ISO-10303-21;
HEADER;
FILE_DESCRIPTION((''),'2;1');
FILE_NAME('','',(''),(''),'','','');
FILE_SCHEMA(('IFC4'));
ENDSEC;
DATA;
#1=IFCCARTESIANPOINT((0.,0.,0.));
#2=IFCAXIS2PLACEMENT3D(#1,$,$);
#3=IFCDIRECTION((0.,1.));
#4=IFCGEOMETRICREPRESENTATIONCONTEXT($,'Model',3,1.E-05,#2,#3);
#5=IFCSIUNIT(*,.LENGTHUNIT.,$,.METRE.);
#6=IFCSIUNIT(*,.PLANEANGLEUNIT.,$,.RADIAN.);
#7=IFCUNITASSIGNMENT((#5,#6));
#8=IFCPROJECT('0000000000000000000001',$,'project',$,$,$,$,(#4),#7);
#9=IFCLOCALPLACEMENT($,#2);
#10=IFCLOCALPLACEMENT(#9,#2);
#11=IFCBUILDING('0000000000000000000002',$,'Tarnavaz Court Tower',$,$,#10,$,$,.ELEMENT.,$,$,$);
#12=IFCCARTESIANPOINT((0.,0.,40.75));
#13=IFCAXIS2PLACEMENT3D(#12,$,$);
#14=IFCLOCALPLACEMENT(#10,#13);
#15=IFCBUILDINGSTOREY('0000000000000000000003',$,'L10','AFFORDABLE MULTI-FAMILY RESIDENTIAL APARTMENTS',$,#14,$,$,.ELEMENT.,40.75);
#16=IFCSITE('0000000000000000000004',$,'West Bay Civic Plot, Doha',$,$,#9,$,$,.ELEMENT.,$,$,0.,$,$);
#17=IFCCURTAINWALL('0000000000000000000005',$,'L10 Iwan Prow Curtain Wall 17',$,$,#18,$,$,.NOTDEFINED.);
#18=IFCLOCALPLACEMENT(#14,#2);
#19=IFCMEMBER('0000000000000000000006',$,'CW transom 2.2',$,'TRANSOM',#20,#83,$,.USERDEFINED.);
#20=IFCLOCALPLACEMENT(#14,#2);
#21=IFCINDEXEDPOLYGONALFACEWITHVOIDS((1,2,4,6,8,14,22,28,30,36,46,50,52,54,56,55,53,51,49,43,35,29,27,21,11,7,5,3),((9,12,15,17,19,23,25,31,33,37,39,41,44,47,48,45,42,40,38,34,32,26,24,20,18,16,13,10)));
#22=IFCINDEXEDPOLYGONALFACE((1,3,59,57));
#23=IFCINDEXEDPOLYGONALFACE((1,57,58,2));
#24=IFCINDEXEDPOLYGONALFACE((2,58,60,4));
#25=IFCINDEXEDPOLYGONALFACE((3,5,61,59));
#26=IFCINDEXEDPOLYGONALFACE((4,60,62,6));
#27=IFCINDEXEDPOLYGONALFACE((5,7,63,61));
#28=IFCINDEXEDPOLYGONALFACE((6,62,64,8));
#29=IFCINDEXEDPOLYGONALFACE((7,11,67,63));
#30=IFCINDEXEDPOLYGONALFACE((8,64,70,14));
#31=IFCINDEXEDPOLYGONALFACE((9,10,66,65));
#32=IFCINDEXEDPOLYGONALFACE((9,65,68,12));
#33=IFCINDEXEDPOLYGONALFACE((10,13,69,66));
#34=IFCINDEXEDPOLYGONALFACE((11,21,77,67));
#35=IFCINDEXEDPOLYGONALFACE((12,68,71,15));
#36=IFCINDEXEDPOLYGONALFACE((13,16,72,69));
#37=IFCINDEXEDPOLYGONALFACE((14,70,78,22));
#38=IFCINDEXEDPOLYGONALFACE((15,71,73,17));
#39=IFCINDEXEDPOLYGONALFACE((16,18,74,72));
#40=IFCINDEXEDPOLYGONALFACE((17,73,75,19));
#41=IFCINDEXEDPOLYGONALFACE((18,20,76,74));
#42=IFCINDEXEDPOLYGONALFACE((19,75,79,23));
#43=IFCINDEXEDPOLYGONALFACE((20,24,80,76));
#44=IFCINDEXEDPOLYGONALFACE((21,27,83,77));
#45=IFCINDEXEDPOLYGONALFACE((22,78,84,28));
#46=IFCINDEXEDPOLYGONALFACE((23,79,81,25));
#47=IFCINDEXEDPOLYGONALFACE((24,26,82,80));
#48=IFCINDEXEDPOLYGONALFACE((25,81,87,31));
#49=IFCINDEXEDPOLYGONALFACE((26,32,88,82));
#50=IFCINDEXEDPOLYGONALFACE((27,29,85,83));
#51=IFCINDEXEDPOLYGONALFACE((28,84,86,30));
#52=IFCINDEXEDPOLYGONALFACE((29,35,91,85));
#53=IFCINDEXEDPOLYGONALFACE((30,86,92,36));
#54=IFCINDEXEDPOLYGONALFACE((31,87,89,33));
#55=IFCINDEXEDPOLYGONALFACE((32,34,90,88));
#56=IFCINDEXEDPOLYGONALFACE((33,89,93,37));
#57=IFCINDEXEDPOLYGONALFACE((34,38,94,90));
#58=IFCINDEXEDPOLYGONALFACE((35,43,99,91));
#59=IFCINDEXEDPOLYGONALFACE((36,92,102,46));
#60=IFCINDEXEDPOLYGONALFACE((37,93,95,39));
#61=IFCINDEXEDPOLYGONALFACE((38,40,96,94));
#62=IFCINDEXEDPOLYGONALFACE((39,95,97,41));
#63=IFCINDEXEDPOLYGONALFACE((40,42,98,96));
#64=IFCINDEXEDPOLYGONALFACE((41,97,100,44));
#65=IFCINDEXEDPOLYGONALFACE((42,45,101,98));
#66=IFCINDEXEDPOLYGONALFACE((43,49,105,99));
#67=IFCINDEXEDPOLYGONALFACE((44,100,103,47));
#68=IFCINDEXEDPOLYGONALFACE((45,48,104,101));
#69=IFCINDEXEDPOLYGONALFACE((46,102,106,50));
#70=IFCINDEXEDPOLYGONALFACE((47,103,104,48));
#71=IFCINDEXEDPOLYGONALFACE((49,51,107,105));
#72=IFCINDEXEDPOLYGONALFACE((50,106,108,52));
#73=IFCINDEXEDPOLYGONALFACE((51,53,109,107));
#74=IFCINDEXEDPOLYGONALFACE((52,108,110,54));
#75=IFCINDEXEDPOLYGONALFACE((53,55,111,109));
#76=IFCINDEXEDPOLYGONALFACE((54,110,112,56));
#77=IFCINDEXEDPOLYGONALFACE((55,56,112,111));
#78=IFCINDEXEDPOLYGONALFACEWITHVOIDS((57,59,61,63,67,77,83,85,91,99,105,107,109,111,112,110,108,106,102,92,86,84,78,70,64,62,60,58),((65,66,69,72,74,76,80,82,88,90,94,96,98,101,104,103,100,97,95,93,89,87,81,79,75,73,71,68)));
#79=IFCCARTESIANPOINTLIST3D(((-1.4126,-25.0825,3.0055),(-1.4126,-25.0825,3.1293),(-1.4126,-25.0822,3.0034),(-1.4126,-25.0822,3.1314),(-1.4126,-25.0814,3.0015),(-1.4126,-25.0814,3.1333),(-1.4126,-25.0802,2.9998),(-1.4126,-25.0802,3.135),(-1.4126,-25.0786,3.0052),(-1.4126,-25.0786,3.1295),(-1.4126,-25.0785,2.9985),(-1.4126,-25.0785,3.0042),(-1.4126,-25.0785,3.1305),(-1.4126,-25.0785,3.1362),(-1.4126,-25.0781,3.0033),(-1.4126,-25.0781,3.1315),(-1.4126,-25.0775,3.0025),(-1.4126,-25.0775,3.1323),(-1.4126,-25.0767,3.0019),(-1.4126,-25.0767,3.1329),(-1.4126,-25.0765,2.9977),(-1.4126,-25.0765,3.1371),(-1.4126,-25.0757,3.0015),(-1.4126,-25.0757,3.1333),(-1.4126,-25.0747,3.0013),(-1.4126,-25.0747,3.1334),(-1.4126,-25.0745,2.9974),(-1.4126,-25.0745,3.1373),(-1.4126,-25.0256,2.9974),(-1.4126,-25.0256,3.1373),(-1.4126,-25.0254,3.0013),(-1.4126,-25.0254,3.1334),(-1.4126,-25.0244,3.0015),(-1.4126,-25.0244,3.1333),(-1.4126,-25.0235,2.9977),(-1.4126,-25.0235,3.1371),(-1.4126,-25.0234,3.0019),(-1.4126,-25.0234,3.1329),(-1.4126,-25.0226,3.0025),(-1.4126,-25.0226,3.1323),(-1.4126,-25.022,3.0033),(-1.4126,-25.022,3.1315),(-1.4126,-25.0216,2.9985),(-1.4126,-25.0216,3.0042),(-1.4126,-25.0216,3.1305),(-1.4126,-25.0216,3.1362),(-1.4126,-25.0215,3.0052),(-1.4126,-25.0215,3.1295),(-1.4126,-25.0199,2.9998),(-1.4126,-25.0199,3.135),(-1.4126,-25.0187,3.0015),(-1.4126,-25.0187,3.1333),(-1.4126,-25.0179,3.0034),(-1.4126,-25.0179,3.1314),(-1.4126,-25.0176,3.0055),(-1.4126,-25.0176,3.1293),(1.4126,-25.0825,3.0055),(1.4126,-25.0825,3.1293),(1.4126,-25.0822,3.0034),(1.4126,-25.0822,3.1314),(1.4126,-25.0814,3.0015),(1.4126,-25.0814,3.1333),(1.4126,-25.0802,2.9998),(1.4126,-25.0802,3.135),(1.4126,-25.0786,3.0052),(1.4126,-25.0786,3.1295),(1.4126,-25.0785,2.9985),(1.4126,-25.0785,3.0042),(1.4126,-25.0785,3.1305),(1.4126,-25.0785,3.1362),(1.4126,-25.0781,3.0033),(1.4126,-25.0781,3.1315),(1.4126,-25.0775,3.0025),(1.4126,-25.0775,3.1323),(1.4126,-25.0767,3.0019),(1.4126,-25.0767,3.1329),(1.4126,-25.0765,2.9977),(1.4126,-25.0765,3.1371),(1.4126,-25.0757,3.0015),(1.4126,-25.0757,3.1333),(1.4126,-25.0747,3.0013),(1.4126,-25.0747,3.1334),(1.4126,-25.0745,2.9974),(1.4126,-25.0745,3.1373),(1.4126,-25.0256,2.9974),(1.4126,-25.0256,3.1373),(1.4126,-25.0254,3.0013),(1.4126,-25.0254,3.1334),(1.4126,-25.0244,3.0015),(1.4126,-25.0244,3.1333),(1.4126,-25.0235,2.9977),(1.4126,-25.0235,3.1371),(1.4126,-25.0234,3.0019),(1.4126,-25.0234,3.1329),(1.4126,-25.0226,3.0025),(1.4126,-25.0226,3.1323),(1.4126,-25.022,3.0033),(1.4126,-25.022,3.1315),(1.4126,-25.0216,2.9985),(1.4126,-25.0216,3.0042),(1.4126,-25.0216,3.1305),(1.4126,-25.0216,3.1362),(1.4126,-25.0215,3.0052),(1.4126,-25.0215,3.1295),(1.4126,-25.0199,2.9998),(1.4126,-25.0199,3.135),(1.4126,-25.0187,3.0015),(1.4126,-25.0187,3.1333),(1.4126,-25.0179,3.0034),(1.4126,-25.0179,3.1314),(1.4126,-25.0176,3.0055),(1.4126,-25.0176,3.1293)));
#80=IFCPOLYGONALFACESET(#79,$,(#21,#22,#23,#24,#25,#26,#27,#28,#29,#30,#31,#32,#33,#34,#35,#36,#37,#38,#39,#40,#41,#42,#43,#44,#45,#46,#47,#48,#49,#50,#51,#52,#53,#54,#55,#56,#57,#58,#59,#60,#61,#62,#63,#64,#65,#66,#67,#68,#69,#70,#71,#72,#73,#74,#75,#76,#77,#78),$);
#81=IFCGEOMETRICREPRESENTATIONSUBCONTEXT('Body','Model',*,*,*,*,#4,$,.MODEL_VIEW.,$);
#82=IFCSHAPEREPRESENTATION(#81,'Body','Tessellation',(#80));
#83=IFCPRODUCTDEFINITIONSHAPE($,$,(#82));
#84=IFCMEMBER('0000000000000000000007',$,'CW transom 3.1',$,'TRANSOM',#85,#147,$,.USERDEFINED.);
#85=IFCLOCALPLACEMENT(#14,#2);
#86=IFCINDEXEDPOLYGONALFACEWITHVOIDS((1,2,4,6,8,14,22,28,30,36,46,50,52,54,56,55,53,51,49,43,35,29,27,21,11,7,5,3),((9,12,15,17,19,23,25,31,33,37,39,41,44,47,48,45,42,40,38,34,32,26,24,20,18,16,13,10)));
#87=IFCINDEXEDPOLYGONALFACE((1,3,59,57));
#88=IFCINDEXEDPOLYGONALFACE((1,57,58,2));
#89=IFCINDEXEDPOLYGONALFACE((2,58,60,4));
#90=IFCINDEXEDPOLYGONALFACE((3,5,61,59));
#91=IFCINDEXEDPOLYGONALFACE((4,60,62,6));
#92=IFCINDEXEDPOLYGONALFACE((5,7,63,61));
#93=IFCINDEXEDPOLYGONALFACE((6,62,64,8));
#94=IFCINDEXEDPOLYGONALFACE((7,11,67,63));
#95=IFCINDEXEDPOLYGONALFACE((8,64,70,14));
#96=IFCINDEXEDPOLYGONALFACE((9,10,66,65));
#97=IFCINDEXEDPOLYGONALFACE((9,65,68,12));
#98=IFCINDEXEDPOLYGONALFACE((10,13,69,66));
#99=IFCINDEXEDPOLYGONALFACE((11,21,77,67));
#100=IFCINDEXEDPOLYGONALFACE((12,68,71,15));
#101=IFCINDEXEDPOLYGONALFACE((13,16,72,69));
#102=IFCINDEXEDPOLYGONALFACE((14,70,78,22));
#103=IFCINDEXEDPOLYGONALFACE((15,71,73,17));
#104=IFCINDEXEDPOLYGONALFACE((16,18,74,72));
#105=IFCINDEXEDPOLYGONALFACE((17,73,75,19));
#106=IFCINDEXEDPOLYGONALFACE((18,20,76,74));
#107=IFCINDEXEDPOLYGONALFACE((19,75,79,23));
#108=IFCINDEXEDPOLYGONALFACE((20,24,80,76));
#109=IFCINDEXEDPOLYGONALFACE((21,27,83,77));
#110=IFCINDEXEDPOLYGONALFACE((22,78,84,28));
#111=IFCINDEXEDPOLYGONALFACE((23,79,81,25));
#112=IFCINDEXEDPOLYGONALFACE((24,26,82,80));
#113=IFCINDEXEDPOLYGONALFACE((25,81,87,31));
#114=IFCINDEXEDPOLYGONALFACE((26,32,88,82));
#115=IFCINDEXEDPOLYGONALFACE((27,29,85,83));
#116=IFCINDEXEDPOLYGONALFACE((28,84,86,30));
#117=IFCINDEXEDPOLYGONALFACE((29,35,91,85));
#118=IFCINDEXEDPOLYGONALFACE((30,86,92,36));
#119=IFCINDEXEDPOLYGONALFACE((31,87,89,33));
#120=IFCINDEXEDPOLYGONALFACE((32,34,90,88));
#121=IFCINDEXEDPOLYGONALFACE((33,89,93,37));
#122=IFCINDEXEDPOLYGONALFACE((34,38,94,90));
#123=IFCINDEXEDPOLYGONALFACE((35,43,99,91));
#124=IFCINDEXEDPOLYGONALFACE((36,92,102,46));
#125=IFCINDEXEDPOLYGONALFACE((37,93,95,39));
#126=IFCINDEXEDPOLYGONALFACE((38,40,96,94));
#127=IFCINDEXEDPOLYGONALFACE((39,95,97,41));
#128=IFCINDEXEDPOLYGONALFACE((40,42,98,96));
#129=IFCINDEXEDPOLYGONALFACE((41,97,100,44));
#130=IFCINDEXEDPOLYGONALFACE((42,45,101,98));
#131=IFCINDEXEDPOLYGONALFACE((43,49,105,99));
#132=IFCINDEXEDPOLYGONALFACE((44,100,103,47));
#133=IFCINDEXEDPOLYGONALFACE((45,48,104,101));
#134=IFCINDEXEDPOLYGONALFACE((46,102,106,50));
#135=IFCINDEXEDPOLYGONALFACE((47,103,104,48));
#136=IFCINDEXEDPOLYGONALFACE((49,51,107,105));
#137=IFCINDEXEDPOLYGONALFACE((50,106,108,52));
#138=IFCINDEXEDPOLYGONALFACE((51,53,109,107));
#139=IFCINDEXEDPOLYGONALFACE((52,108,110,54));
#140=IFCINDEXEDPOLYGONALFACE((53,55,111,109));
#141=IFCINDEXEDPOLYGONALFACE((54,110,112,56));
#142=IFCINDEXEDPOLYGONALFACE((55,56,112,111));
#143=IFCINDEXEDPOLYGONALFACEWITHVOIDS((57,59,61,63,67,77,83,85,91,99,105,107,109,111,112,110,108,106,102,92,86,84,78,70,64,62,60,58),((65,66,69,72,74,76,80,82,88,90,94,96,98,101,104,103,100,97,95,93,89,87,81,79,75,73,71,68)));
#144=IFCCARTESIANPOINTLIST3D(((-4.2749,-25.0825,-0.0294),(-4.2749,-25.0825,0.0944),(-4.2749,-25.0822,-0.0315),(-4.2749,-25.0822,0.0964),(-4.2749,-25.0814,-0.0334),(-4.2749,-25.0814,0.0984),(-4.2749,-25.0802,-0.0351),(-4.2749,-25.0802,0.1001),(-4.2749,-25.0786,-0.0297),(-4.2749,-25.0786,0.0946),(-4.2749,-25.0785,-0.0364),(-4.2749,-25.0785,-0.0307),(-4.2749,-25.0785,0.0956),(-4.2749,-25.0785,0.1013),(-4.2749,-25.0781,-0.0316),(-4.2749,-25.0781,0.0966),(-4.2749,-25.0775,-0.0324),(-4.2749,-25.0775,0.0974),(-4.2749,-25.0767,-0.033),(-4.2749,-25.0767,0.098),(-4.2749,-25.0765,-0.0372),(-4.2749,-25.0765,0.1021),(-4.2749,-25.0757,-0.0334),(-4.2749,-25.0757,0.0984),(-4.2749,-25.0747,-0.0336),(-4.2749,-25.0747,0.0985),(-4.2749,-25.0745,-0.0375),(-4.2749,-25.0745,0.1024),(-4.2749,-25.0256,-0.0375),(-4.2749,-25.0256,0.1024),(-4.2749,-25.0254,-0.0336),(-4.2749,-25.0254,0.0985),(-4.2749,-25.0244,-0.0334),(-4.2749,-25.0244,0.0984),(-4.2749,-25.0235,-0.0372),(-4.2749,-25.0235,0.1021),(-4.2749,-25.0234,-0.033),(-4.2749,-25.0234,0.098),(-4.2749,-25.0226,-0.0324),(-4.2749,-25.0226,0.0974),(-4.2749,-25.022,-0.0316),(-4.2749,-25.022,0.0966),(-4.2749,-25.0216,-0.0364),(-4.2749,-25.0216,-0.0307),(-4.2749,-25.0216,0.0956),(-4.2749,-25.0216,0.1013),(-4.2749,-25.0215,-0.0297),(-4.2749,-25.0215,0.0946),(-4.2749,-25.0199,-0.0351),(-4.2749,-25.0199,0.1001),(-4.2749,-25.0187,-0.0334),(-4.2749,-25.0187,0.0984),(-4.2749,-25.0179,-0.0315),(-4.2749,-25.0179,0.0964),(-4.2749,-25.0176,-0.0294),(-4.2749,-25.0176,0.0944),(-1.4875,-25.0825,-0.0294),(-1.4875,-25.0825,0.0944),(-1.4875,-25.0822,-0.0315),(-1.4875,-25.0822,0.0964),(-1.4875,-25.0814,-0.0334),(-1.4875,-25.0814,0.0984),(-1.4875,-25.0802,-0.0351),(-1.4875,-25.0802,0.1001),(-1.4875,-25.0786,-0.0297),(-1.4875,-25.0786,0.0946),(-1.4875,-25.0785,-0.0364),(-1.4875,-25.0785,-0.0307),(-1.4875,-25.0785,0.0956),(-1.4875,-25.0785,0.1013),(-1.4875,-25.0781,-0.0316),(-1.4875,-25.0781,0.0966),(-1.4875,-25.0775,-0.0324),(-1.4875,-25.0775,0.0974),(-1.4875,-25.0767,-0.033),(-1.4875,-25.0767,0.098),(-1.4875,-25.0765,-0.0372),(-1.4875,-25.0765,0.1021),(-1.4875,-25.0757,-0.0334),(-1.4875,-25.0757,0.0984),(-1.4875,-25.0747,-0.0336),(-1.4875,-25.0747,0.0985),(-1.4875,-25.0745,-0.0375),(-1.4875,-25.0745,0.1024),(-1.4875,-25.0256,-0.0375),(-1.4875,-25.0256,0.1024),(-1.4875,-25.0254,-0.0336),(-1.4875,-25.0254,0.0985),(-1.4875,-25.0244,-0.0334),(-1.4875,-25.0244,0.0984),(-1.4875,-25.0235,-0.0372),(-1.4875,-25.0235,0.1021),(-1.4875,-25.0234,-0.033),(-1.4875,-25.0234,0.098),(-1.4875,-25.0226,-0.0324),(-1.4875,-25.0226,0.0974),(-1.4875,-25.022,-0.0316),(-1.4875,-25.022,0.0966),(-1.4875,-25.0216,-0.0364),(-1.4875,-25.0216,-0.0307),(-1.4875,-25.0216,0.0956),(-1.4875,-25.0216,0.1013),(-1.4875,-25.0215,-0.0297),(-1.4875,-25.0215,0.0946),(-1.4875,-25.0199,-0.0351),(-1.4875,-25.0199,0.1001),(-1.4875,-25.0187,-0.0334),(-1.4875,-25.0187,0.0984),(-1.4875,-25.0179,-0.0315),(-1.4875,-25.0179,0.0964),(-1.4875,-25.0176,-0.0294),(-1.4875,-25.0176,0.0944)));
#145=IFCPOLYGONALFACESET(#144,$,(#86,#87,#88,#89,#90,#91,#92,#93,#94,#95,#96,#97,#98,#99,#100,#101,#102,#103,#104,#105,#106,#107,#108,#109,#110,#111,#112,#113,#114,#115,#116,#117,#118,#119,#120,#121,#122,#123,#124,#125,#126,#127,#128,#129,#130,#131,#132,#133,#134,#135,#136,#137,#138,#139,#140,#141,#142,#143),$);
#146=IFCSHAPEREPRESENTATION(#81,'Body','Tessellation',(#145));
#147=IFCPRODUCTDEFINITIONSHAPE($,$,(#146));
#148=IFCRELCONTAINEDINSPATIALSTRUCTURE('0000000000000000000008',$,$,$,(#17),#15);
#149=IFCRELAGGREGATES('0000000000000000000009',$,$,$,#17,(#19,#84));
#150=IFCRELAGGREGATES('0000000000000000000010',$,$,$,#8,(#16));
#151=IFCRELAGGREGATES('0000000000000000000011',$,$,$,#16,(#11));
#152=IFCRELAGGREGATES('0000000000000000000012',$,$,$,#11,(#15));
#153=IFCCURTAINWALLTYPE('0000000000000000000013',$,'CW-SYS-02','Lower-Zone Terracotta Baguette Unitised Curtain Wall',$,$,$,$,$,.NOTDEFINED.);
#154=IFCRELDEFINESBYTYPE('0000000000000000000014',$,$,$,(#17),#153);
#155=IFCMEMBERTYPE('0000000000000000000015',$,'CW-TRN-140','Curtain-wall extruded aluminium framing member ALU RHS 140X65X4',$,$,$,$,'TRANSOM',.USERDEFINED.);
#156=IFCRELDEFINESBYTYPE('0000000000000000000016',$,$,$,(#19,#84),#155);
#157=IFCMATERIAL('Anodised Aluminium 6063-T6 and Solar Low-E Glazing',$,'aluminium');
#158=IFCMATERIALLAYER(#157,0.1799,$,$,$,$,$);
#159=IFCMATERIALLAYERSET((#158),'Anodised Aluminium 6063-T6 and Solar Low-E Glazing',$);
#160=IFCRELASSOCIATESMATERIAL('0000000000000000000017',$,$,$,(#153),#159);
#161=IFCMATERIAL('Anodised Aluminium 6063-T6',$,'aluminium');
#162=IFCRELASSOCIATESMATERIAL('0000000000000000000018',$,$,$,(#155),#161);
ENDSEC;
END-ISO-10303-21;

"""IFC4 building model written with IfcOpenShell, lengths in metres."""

from ifc_helpers import new_model, si_unit, direction, frame, origin, origin_2d, place, context, subcontext, project, spatial, hollow_rectangle, extrude, material, layer, layer_set, material_profile, profile_set, type_object, element, aggregate, save


model = new_model("IFC4")

# Units and contexts
model_context = context("Model", 3, precision=1e-05, world=origin(), true_north=direction((0.0, 1.0)))
body_context = subcontext(model_context, "Body", "Model", "MODEL_VIEW")
ifc_project = project(units=[si_unit("LENGTHUNIT", "METRE"), si_unit("PLANEANGLEUNIT", "RADIAN")], contexts=[model_context])

# Site, building, storey
site_placement = place(None, origin())
site = spatial("IfcSite", under=ifc_project, at=site_placement, Name="West Bay Civic Plot, Doha", CompositionType="ELEMENT", RefElevation=0.0)
building_placement = place(site_placement, origin())
building = spatial("IfcBuilding", under=site, at=building_placement, Name="Tarnavaz Court Tower", CompositionType="ELEMENT")
storey_placement = place(building_placement, frame((0.0, 0.0, 40.75)))
storey = spatial("IfcBuildingStorey", under=building, at=storey_placement, Name="L10", Description="AFFORDABLE MULTI-FAMILY RESIDENTIAL APARTMENTS", CompositionType="ELEMENT", Elevation=40.75)

# Curtain wall, members
ifc_material_1 = material(Name="Anodised Aluminium 6063-T6 and Solar Low-E Glazing", Category="aluminium")
ifc_layer_1 = layer(ifc_material_1, 0.1799)
ifc_layer_set_1 = layer_set([ifc_layer_1], Name="Anodised Aluminium 6063-T6 and Solar Low-E Glazing")
curtain_wall_type = type_object("IfcCurtainWallType", Name="CW-SYS-02", Description="Lower-Zone Terracotta Baguette Unitised Curtain Wall", PredefinedType="NOTDEFINED", material=ifc_layer_set_1)
curtain_wall_placement = place(storey_placement, origin())
curtain_wall = element("IfcCurtainWall", 1, at=curtain_wall_placement, inside=storey, type_object=curtain_wall_type, Name="L10 Iwan Prow Curtain Wall 17", PredefinedType="NOTDEFINED")
ifc_material_2 = material(Name="Anodised Aluminium 6063-T6", Category="aluminium")
ifc_material_profile_1 = material_profile(ifc_material_2, hollow_rectangle(XDim=0.0649, YDim=0.1399, WallThickness=0.0039, InnerFilletRadius=0.0039, OuterFilletRadius=0.0081, at=origin_2d()), Name="ALU RHS 140X65X4")
ifc_profile_set_1 = profile_set([ifc_material_profile_1], Name="Anodised Aluminium 6063-T6")
member_type_1 = type_object("IfcMemberType", Name="CW-TRN-140", Description="Curtain-wall extruded aluminium framing member ALU RHS 140X65X4", ElementType="TRANSOM", PredefinedType="USERDEFINED", material=ifc_profile_set_1)
member_1_placement = place(storey_placement, frame((1.4126, -25.05, 3.0674), z_axis=(-1.0, 0.0, 0.0), x_axis=(0.0, -1.0, 0.0)))
member_1 = element("IfcMember", 2, at=member_1_placement, type_object=member_type_1, Name="CW transom 2.2", ObjectType="TRANSOM", PredefinedType="USERDEFINED", context=body_context, shape_type="SweptSolid", body=[
    extrude(hollow_rectangle(XDim=0.0649, YDim=0.1399, WallThickness=0.0039, InnerFilletRadius=0.0039, OuterFilletRadius=0.0081, at=origin_2d()), origin(), (0.0, 0.0, 1.0), 2.8252),
])
member_2_placement = place(storey_placement, frame((-1.4875, -25.05, 0.0325), z_axis=(-1.0, 0.0, 0.0), x_axis=(0.0, -1.0, 0.0)))
member_2 = element("IfcMember", 3, at=member_2_placement, type_object=member_type_1, Name="CW transom 3.1", ObjectType="TRANSOM", PredefinedType="USERDEFINED", context=body_context, shape_type="SweptSolid", body=[
    extrude(hollow_rectangle(XDim=0.0649, YDim=0.1399, WallThickness=0.0039, InnerFilletRadius=0.0039, OuterFilletRadius=0.0081, at=origin_2d()), origin(), (0.0, 0.0, 1.0), 2.7874),
])
aggregate(curtain_wall, [member_1, member_2])

save(model, "model.ifc")
